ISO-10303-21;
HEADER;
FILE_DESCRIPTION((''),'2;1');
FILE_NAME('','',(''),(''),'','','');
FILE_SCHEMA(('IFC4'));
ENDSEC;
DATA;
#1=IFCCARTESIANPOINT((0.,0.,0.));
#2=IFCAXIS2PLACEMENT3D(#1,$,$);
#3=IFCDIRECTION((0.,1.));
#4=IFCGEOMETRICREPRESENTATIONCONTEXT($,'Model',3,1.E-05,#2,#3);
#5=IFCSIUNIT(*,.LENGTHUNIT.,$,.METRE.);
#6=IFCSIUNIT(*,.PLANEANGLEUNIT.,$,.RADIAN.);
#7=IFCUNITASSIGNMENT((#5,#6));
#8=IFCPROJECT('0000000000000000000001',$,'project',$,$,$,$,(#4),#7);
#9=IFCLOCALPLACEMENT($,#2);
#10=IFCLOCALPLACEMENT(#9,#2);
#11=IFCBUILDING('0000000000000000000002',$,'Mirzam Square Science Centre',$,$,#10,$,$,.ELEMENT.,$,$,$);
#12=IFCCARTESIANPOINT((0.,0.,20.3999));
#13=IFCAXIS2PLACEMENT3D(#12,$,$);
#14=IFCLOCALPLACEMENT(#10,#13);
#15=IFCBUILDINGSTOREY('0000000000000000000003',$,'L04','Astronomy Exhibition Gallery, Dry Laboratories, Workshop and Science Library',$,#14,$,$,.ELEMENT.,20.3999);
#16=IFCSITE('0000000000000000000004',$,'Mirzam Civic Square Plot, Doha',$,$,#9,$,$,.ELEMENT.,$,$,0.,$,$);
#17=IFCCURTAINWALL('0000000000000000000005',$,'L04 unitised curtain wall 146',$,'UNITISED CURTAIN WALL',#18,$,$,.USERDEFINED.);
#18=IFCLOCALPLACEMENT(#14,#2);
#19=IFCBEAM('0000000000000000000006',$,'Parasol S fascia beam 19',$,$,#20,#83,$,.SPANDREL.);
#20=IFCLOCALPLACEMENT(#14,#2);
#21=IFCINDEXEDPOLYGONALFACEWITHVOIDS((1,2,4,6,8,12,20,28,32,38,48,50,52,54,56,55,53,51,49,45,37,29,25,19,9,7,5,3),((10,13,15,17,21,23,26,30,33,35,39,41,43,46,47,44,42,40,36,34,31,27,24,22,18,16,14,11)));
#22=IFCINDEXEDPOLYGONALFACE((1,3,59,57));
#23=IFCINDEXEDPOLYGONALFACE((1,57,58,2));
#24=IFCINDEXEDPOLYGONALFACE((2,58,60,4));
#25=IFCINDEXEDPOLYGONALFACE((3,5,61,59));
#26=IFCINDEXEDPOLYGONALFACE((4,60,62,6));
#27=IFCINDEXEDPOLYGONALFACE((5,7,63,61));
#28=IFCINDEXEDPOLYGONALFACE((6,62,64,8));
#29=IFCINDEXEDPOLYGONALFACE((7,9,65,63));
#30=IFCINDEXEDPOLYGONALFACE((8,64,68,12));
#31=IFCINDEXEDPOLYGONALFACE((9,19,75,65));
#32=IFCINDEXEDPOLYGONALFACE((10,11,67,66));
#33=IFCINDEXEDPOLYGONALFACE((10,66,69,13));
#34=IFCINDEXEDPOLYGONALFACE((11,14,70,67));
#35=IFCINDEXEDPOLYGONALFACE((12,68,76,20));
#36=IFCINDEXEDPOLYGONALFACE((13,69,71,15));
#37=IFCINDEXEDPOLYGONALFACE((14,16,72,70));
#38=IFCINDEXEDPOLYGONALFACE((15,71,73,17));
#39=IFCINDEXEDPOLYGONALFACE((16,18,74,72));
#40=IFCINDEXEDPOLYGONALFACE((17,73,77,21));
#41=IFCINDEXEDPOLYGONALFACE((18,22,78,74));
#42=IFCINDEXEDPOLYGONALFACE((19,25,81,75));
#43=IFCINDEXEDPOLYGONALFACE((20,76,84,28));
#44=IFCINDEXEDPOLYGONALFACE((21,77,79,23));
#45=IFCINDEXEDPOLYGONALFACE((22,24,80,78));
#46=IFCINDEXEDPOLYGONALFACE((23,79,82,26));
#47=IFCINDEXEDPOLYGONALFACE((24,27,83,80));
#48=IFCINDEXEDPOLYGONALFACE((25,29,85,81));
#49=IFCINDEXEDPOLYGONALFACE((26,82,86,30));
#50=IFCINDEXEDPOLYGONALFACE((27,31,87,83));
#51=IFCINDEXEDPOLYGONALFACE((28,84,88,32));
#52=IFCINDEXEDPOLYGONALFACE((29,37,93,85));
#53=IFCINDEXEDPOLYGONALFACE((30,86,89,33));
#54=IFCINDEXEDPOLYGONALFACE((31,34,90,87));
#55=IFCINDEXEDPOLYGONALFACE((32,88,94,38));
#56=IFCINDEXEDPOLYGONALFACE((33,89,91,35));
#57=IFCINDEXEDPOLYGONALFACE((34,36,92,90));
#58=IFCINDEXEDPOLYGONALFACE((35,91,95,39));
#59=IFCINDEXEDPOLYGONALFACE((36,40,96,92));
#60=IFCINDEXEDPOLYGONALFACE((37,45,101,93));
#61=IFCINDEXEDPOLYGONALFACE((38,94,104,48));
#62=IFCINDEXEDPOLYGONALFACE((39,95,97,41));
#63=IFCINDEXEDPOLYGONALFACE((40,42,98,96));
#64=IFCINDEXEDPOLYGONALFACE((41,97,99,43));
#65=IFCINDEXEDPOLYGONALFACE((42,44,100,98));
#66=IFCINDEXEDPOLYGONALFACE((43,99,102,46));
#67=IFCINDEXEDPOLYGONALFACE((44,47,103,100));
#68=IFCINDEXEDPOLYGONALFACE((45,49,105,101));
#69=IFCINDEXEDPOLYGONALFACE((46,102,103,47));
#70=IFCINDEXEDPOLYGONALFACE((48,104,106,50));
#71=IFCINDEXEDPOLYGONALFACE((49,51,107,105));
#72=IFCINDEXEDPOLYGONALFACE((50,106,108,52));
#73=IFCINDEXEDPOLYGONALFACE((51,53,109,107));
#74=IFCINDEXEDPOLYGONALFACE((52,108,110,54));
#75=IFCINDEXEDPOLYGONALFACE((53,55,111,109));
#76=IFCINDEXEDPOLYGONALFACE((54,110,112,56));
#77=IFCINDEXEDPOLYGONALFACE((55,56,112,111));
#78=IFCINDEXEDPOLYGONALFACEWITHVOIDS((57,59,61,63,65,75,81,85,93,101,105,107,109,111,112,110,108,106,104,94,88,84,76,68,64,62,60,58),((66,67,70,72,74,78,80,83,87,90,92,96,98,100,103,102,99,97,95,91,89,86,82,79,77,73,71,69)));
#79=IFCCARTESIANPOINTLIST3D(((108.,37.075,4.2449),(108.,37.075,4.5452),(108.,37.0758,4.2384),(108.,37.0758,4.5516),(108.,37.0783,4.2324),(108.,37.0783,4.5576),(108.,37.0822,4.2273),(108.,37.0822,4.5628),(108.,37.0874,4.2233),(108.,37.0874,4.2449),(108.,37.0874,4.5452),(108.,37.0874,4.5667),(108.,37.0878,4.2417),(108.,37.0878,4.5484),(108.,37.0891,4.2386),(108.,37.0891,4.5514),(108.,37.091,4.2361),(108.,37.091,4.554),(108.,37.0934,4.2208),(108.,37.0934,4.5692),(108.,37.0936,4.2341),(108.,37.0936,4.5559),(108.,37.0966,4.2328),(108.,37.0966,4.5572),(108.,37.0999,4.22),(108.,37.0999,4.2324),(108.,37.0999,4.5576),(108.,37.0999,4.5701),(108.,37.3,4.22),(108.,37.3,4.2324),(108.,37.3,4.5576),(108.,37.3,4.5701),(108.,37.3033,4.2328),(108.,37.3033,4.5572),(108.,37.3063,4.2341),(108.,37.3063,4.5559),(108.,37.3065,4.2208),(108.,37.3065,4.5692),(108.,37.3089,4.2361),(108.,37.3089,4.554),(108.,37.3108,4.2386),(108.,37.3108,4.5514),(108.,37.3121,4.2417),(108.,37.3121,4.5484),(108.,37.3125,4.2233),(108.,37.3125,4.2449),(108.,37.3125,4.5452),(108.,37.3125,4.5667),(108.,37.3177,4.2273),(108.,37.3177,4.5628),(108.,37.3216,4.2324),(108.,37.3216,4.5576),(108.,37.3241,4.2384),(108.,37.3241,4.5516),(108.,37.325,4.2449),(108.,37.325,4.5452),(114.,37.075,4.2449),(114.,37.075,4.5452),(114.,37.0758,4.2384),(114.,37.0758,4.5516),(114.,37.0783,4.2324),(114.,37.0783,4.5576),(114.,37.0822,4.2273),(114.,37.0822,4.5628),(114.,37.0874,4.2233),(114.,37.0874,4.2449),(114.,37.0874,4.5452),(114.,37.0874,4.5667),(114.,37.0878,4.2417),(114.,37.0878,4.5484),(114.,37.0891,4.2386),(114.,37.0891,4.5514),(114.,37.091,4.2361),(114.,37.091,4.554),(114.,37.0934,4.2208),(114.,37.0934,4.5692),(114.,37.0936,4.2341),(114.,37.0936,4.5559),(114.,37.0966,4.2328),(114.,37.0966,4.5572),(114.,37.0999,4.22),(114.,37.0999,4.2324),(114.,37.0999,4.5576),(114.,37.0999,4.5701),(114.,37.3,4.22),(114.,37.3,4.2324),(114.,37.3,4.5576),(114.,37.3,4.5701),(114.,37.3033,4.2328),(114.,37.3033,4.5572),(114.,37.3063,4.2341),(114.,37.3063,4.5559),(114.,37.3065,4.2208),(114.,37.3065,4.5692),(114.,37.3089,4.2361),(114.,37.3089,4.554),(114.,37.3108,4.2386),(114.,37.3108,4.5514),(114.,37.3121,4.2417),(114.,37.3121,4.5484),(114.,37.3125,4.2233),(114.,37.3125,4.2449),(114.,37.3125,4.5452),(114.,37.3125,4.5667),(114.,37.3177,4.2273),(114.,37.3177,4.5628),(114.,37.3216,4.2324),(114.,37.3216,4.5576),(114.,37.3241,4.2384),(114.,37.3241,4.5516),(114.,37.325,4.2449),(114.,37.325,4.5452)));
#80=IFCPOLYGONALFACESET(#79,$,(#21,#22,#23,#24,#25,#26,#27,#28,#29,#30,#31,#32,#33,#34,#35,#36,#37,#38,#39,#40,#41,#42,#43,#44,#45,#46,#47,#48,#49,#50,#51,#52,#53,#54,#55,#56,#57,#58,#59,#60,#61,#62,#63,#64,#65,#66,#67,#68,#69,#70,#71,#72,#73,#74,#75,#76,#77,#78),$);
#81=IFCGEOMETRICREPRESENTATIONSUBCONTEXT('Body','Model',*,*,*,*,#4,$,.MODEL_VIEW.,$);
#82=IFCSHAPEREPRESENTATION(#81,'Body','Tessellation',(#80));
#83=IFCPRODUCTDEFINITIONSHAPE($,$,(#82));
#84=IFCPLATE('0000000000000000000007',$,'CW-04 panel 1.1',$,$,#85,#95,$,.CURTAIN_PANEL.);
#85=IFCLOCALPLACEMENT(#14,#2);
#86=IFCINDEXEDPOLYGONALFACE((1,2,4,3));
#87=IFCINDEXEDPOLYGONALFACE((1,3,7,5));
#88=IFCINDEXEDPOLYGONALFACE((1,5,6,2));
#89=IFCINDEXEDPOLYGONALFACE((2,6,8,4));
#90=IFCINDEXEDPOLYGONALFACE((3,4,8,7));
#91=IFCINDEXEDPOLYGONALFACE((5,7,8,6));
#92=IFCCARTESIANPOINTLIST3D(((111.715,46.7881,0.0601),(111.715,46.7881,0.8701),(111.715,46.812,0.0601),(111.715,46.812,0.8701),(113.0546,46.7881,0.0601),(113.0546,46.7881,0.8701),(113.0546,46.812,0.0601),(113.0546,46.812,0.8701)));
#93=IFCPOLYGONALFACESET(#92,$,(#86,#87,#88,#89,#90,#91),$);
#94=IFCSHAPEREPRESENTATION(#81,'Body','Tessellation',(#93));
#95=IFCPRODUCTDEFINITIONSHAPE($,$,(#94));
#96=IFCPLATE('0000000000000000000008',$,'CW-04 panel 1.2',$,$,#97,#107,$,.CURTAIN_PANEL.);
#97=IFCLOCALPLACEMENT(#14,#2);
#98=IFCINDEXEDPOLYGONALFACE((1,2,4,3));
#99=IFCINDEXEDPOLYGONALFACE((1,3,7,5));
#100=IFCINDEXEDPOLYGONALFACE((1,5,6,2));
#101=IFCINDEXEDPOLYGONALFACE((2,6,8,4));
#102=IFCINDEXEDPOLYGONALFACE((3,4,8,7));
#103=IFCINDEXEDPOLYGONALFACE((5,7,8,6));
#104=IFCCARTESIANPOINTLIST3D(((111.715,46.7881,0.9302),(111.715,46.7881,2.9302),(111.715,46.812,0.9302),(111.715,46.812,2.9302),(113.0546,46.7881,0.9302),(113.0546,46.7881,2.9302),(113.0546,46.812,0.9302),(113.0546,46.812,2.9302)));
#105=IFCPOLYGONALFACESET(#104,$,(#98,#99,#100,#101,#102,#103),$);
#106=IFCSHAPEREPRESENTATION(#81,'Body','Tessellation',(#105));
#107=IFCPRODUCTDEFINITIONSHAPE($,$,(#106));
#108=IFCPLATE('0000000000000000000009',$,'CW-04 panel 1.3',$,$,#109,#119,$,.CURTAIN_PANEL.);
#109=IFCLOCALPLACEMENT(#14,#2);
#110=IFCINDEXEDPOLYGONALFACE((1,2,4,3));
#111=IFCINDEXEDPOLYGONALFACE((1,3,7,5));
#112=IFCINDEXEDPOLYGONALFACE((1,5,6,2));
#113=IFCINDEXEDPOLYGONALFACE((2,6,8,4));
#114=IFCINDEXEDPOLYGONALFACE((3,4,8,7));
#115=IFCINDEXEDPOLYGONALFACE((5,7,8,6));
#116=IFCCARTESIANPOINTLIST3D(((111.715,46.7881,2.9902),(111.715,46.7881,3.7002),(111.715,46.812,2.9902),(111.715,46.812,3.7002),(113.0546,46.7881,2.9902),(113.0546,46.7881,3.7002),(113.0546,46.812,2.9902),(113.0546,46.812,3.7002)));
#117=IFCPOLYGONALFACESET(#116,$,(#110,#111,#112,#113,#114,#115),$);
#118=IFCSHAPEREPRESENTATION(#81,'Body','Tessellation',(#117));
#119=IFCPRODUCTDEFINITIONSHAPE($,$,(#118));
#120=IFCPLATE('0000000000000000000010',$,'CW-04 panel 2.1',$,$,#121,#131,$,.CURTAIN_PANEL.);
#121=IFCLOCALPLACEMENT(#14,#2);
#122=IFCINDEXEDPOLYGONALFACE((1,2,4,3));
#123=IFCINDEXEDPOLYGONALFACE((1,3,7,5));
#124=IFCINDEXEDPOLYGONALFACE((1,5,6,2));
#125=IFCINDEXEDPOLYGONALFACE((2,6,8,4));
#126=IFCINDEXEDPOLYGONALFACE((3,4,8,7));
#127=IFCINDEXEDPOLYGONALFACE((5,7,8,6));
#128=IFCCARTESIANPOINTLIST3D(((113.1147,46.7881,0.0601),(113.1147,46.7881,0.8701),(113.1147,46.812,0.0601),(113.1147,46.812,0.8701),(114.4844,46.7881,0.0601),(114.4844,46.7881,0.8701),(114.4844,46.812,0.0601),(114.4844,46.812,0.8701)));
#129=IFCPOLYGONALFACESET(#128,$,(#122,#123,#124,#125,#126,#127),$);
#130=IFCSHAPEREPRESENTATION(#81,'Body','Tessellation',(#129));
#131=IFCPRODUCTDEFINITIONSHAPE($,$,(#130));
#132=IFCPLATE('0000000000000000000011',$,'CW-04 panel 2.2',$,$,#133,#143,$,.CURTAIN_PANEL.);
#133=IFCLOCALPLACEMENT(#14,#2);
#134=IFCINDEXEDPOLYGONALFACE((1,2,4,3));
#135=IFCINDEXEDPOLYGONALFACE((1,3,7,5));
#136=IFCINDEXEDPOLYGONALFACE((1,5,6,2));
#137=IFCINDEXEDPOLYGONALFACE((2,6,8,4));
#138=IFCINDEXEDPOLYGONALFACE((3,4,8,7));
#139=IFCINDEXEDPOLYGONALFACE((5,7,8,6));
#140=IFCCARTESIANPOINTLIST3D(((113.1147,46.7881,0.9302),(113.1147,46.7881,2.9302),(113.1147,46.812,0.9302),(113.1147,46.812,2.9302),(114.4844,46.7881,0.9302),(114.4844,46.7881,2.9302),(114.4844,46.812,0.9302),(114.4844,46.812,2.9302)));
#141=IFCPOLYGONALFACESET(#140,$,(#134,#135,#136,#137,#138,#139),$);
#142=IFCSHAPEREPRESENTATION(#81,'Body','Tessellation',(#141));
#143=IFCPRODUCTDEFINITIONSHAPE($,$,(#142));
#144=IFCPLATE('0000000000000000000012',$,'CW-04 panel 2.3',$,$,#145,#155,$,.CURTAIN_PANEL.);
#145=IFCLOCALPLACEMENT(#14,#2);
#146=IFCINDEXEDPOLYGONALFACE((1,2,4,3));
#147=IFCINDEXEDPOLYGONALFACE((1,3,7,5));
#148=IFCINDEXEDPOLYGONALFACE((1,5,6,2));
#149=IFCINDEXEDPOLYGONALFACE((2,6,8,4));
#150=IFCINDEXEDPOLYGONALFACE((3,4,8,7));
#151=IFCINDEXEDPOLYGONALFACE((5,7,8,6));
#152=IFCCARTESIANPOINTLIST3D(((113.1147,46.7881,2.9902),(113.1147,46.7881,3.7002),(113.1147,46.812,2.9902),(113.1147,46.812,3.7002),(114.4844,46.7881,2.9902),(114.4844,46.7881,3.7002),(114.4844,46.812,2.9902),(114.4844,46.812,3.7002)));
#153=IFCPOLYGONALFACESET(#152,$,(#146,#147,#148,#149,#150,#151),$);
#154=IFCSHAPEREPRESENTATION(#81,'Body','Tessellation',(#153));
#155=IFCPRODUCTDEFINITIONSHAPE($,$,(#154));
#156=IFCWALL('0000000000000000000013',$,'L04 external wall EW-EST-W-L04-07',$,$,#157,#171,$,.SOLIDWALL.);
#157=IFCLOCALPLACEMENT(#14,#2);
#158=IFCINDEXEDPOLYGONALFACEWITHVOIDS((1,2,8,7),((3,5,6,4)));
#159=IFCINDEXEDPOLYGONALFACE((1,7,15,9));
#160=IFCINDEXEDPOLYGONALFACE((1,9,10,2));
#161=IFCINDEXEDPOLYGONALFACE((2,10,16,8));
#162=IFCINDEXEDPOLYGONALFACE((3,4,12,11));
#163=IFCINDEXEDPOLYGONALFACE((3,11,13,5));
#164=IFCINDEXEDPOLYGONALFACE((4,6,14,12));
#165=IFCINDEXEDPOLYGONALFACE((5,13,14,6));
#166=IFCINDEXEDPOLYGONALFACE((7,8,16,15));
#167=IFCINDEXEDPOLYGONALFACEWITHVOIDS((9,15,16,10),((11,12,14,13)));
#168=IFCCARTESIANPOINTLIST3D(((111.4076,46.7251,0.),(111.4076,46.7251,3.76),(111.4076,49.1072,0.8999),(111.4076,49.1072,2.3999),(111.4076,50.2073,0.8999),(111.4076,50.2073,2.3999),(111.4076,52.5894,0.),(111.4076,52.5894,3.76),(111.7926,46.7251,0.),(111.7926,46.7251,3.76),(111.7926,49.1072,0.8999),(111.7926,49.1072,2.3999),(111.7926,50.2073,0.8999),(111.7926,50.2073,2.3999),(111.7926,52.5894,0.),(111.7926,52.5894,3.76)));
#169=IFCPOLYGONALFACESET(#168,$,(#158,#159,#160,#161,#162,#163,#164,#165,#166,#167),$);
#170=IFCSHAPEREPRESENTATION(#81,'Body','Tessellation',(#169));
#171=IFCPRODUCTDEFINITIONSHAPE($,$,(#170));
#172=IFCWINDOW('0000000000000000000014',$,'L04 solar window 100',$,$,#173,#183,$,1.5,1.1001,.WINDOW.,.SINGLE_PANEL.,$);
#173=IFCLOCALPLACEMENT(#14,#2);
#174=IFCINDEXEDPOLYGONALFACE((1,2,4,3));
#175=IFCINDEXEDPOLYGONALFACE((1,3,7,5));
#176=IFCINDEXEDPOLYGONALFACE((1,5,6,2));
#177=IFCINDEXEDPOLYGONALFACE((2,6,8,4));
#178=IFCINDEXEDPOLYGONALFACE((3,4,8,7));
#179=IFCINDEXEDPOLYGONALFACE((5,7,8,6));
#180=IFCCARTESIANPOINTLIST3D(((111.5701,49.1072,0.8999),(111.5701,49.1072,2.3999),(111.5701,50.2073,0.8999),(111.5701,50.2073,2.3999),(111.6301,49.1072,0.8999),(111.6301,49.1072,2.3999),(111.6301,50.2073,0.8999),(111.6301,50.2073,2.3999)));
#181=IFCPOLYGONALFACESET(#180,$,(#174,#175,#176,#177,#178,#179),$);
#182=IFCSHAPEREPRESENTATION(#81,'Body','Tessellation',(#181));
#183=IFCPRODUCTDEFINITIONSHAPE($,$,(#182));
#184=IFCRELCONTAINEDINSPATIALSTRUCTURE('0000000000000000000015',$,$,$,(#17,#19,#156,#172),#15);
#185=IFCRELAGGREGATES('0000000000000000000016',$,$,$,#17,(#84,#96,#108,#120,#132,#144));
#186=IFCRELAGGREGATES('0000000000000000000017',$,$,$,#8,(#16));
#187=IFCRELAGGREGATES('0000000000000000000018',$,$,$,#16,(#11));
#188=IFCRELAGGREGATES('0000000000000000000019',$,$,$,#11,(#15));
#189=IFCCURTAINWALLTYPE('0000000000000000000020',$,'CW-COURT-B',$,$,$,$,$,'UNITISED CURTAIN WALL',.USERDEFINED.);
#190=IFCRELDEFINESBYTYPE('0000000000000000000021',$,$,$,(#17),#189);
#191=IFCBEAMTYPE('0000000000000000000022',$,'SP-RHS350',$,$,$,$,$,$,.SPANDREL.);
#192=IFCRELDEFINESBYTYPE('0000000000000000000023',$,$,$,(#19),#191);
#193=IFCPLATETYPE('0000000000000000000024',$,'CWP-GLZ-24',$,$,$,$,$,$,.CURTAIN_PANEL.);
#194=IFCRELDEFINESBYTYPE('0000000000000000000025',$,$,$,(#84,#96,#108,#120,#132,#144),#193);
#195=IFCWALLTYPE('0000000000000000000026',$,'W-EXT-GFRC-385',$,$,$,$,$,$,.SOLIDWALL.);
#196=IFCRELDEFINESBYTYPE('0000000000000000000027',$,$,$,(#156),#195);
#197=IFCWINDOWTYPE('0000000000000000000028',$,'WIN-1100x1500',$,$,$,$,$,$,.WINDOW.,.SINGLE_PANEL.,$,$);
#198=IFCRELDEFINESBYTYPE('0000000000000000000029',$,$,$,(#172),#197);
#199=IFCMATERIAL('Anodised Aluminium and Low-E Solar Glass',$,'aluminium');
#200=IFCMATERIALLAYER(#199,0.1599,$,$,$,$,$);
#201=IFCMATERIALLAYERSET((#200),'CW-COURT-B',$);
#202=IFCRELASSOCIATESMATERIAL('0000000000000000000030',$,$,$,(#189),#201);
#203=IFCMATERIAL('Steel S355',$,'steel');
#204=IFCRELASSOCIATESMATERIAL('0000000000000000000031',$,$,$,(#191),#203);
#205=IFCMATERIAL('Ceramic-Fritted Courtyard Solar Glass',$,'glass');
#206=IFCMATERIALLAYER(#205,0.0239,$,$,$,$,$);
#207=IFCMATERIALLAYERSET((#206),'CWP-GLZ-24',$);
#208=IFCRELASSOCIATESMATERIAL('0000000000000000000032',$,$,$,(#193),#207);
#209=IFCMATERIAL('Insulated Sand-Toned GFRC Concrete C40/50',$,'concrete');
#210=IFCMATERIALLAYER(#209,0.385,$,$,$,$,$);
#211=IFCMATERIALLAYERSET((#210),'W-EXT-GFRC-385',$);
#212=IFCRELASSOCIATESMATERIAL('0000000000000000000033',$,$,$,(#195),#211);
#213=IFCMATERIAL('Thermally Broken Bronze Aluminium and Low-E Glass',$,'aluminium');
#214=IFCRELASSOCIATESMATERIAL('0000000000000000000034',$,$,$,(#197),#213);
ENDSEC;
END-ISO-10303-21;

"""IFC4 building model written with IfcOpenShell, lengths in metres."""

from ifc_helpers import new_model, si_unit, direction, frame, frame_2d, origin, origin_2d, place, context, subcontext, project, spatial, rectangle, hollow_rectangle, extrude, material, layer, layer_set, material_profile, profile_set, type_object, element, fill, aggregate, save


model = new_model("IFC4")

# Units and contexts
model_context = context("Model", 3, precision=1e-05, world=origin(), true_north=direction((0.0, 1.0)))
body_context = subcontext(model_context, "Body", "Model", "MODEL_VIEW")
ifc_project = project(units=[si_unit("LENGTHUNIT", "METRE"), si_unit("PLANEANGLEUNIT", "RADIAN")], contexts=[model_context])

# Site, building, storey
site_placement = place(None, origin())
site = spatial("IfcSite", under=ifc_project, at=site_placement, Name="Mirzam Civic Square Plot, Doha", CompositionType="ELEMENT", RefElevation=0.0)
building_placement = place(site_placement, origin())
building = spatial("IfcBuilding", under=site, at=building_placement, Name="Mirzam Square Science Centre", CompositionType="ELEMENT")
storey_placement = place(building_placement, frame((0.0, 0.0, 20.3999)))
storey = spatial("IfcBuildingStorey", under=building, at=storey_placement, Name="L04", Description="Astronomy Exhibition Gallery, Dry Laboratories, Workshop and Science Library", CompositionType="ELEMENT", Elevation=20.3999)

# Shared definitions
ifc_material_1 = material(Name="Steel S355", Category="steel")

# Curtain wall
ifc_material_2 = material(Name="Anodised Aluminium and Low-E Solar Glass", Category="aluminium")
ifc_layer_1 = layer(ifc_material_2, 0.1599)
ifc_layer_set_1 = layer_set([ifc_layer_1], Name="CW-COURT-B")
curtain_wall_type = type_object("IfcCurtainWallType", Name="CW-COURT-B", ElementType="UNITISED CURTAIN WALL", PredefinedType="USERDEFINED", material=ifc_layer_set_1)
curtain_wall_placement = place(storey_placement, origin())
curtain_wall = element("IfcCurtainWall", 1, at=curtain_wall_placement, inside=storey, type_object=curtain_wall_type, Name="L04 unitised curtain wall 146", ObjectType="UNITISED CURTAIN WALL", PredefinedType="USERDEFINED")

# Beam
ifc_material_profile_1 = material_profile(ifc_material_1, hollow_rectangle(XDim=0.25, YDim=0.3501, WallThickness=0.0125, InnerFilletRadius=0.0125, OuterFilletRadius=0.0249, at=origin_2d()), Name="350x250x12.5RHS")
ifc_profile_set_1 = profile_set([ifc_material_profile_1], Name="Steel S355")
beam_type = type_object("IfcBeamType", Name="SP-RHS350", PredefinedType="SPANDREL", material=ifc_profile_set_1)
beam_placement = place(storey_placement, frame((108.0, 37.2, 4.395), z_axis=(1.0, 0.0, 0.0), x_axis=(0.0, 1.0, 0.0)))
element("IfcBeam", 2, at=beam_placement, inside=storey, type_object=beam_type, Name="Parasol S fascia beam 19", PredefinedType="SPANDREL", context=body_context, shape_type="SweptSolid", body=[
    extrude(hollow_rectangle(XDim=0.25, YDim=0.3501, WallThickness=0.0125, InnerFilletRadius=0.0125, OuterFilletRadius=0.0249, at=origin_2d()), origin(), (0.0, 0.0, 1.0), 6.0),
])

# Plates
ifc_material_3 = material(Name="Ceramic-Fritted Courtyard Solar Glass", Category="glass")
ifc_layer_2 = layer(ifc_material_3, 0.0239)
ifc_layer_set_2 = layer_set([ifc_layer_2], Name="CWP-GLZ-24")
plate_type = type_object("IfcPlateType", Name="CWP-GLZ-24", PredefinedType="CURTAIN_PANEL", material=ifc_layer_set_2)
plate_1_placement = place(storey_placement, frame((112.3848, 46.8, 0.0601), z_axis=(0.0, 0.0, 1.0), x_axis=(1.0, 0.0, 0.0)))
plate_1 = element("IfcPlate", 3, at=plate_1_placement, type_object=plate_type, Name="CW-04 panel 1.1", PredefinedType="CURTAIN_PANEL", context=body_context, shape_type="SweptSolid", body=[
    extrude(rectangle(XDim=1.3396, YDim=0.0239, at=origin_2d()), origin(), (0.0, 0.0, 1.0), 0.8101),
])
plate_2_placement = place(storey_placement, frame((112.3848, 46.8, 0.9302), z_axis=(0.0, 0.0, 1.0), x_axis=(1.0, 0.0, 0.0)))
plate_2 = element("IfcPlate", 4, at=plate_2_placement, type_object=plate_type, Name="CW-04 panel 1.2", PredefinedType="CURTAIN_PANEL", context=body_context, shape_type="SweptSolid", body=[
    extrude(rectangle(XDim=1.3396, YDim=0.0239, at=origin_2d()), origin(), (0.0, 0.0, 1.0), 2.0),
])
plate_3_placement = place(storey_placement, frame((112.3848, 46.8, 2.9902), z_axis=(0.0, 0.0, 1.0), x_axis=(1.0, 0.0, 0.0)))
plate_3 = element("IfcPlate", 5, at=plate_3_placement, type_object=plate_type, Name="CW-04 panel 1.3", PredefinedType="CURTAIN_PANEL", context=body_context, shape_type="SweptSolid", body=[
    extrude(rectangle(XDim=1.3396, YDim=0.0239, at=origin_2d()), origin(), (0.0, 0.0, 1.0), 0.71),
])
plate_4_placement = place(storey_placement, frame((113.7996, 46.8, 0.0601), z_axis=(0.0, 0.0, 1.0), x_axis=(1.0, 0.0, 0.0)))
plate_4 = element("IfcPlate", 6, at=plate_4_placement, type_object=plate_type, Name="CW-04 panel 2.1", PredefinedType="CURTAIN_PANEL", context=body_context, shape_type="SweptSolid", body=[
    extrude(rectangle(XDim=1.3696, YDim=0.0239, at=origin_2d()), origin(), (0.0, 0.0, 1.0), 0.8101),
])
plate_5_placement = place(storey_placement, frame((113.7996, 46.8, 0.9302), z_axis=(0.0, 0.0, 1.0), x_axis=(1.0, 0.0, 0.0)))
plate_5 = element("IfcPlate", 7, at=plate_5_placement, type_object=plate_type, Name="CW-04 panel 2.2", PredefinedType="CURTAIN_PANEL", context=body_context, shape_type="SweptSolid", body=[
    extrude(rectangle(XDim=1.3696, YDim=0.0239, at=origin_2d()), origin(), (0.0, 0.0, 1.0), 2.0),
])
plate_6_placement = place(storey_placement, frame((113.7996, 46.8, 2.9902), z_axis=(0.0, 0.0, 1.0), x_axis=(1.0, 0.0, 0.0)))
plate_6 = element("IfcPlate", 8, at=plate_6_placement, type_object=plate_type, Name="CW-04 panel 2.3", PredefinedType="CURTAIN_PANEL", context=body_context, shape_type="SweptSolid", body=[
    extrude(rectangle(XDim=1.3696, YDim=0.0239, at=origin_2d()), origin(), (0.0, 0.0, 1.0), 0.71),
])
aggregate(curtain_wall, [plate_1, plate_2, plate_3, plate_4, plate_5, plate_6])

# Wall, opening, window
ifc_material_4 = material(Name="Insulated Sand-Toned GFRC Concrete C40/50", Category="concrete")
ifc_layer_3 = layer(ifc_material_4, 0.385)
ifc_layer_set_3 = layer_set([ifc_layer_3], Name="W-EXT-GFRC-385")
wall_type = type_object("IfcWallType", Name="W-EXT-GFRC-385", PredefinedType="SOLIDWALL", material=ifc_layer_set_3)
wall_placement = place(storey_placement, frame((111.6001, 52.5894, 0.0), z_axis=(0.0, 0.0, 1.0), x_axis=(0.0, -1.0, 0.0)))
wall = element("IfcWall", 9, at=wall_placement, inside=storey, type_object=wall_type, Name="L04 external wall EW-EST-W-L04-07", PredefinedType="SOLIDWALL", context=body_context, shape_type="SweptSolid", body=[
    extrude(rectangle(XDim=5.8643, YDim=0.385, at=frame_2d((2.9321, 0.0))), origin(), (0.0, 0.0, 1.0), 3.76),
])
opening_placement = place(wall_placement, frame((2.3821, 0.0, 0.8999)))
opening = element("IfcOpeningElement", 10, at=opening_placement, cuts=wall, PredefinedType="OPENING", context=body_context, shape_type="SweptSolid", body=[
    extrude(rectangle(XDim=1.1001, YDim=1.5, at=frame_2d((0.55, 0.75))), frame((0.0, 0.2024, 0.0), z_axis=(0.0, -1.0, 0.0), x_axis=(1.0, 0.0, 0.0)), (0.0, 0.0, 1.0), 0.405),
])
ifc_material_5 = material(Name="Thermally Broken Bronze Aluminium and Low-E Glass", Category="aluminium")
window_type = type_object("IfcWindowType", Name="WIN-1100x1500", PartitioningType="SINGLE_PANEL", PredefinedType="WINDOW", material=ifc_material_5)
window_placement = place(opening_placement, origin())
window = element("IfcWindow", 11, at=window_placement, inside=storey, type_object=window_type, Name="L04 solar window 100", OverallHeight=1.5, OverallWidth=1.1001, PartitioningType="SINGLE_PANEL", PredefinedType="WINDOW", context=body_context, shape_type="SweptSolid", body=[
    extrude(rectangle(XDim=1.1001, YDim=1.5, at=frame_2d((0.55, 0.75))), frame((0.0, 0.03, 0.0), z_axis=(0.0, -1.0, 0.0), x_axis=(1.0, 0.0, 0.0)), (0.0, 0.0, 1.0), 0.0601),
])
fill(opening, window)

save(model, "model.ifc")
